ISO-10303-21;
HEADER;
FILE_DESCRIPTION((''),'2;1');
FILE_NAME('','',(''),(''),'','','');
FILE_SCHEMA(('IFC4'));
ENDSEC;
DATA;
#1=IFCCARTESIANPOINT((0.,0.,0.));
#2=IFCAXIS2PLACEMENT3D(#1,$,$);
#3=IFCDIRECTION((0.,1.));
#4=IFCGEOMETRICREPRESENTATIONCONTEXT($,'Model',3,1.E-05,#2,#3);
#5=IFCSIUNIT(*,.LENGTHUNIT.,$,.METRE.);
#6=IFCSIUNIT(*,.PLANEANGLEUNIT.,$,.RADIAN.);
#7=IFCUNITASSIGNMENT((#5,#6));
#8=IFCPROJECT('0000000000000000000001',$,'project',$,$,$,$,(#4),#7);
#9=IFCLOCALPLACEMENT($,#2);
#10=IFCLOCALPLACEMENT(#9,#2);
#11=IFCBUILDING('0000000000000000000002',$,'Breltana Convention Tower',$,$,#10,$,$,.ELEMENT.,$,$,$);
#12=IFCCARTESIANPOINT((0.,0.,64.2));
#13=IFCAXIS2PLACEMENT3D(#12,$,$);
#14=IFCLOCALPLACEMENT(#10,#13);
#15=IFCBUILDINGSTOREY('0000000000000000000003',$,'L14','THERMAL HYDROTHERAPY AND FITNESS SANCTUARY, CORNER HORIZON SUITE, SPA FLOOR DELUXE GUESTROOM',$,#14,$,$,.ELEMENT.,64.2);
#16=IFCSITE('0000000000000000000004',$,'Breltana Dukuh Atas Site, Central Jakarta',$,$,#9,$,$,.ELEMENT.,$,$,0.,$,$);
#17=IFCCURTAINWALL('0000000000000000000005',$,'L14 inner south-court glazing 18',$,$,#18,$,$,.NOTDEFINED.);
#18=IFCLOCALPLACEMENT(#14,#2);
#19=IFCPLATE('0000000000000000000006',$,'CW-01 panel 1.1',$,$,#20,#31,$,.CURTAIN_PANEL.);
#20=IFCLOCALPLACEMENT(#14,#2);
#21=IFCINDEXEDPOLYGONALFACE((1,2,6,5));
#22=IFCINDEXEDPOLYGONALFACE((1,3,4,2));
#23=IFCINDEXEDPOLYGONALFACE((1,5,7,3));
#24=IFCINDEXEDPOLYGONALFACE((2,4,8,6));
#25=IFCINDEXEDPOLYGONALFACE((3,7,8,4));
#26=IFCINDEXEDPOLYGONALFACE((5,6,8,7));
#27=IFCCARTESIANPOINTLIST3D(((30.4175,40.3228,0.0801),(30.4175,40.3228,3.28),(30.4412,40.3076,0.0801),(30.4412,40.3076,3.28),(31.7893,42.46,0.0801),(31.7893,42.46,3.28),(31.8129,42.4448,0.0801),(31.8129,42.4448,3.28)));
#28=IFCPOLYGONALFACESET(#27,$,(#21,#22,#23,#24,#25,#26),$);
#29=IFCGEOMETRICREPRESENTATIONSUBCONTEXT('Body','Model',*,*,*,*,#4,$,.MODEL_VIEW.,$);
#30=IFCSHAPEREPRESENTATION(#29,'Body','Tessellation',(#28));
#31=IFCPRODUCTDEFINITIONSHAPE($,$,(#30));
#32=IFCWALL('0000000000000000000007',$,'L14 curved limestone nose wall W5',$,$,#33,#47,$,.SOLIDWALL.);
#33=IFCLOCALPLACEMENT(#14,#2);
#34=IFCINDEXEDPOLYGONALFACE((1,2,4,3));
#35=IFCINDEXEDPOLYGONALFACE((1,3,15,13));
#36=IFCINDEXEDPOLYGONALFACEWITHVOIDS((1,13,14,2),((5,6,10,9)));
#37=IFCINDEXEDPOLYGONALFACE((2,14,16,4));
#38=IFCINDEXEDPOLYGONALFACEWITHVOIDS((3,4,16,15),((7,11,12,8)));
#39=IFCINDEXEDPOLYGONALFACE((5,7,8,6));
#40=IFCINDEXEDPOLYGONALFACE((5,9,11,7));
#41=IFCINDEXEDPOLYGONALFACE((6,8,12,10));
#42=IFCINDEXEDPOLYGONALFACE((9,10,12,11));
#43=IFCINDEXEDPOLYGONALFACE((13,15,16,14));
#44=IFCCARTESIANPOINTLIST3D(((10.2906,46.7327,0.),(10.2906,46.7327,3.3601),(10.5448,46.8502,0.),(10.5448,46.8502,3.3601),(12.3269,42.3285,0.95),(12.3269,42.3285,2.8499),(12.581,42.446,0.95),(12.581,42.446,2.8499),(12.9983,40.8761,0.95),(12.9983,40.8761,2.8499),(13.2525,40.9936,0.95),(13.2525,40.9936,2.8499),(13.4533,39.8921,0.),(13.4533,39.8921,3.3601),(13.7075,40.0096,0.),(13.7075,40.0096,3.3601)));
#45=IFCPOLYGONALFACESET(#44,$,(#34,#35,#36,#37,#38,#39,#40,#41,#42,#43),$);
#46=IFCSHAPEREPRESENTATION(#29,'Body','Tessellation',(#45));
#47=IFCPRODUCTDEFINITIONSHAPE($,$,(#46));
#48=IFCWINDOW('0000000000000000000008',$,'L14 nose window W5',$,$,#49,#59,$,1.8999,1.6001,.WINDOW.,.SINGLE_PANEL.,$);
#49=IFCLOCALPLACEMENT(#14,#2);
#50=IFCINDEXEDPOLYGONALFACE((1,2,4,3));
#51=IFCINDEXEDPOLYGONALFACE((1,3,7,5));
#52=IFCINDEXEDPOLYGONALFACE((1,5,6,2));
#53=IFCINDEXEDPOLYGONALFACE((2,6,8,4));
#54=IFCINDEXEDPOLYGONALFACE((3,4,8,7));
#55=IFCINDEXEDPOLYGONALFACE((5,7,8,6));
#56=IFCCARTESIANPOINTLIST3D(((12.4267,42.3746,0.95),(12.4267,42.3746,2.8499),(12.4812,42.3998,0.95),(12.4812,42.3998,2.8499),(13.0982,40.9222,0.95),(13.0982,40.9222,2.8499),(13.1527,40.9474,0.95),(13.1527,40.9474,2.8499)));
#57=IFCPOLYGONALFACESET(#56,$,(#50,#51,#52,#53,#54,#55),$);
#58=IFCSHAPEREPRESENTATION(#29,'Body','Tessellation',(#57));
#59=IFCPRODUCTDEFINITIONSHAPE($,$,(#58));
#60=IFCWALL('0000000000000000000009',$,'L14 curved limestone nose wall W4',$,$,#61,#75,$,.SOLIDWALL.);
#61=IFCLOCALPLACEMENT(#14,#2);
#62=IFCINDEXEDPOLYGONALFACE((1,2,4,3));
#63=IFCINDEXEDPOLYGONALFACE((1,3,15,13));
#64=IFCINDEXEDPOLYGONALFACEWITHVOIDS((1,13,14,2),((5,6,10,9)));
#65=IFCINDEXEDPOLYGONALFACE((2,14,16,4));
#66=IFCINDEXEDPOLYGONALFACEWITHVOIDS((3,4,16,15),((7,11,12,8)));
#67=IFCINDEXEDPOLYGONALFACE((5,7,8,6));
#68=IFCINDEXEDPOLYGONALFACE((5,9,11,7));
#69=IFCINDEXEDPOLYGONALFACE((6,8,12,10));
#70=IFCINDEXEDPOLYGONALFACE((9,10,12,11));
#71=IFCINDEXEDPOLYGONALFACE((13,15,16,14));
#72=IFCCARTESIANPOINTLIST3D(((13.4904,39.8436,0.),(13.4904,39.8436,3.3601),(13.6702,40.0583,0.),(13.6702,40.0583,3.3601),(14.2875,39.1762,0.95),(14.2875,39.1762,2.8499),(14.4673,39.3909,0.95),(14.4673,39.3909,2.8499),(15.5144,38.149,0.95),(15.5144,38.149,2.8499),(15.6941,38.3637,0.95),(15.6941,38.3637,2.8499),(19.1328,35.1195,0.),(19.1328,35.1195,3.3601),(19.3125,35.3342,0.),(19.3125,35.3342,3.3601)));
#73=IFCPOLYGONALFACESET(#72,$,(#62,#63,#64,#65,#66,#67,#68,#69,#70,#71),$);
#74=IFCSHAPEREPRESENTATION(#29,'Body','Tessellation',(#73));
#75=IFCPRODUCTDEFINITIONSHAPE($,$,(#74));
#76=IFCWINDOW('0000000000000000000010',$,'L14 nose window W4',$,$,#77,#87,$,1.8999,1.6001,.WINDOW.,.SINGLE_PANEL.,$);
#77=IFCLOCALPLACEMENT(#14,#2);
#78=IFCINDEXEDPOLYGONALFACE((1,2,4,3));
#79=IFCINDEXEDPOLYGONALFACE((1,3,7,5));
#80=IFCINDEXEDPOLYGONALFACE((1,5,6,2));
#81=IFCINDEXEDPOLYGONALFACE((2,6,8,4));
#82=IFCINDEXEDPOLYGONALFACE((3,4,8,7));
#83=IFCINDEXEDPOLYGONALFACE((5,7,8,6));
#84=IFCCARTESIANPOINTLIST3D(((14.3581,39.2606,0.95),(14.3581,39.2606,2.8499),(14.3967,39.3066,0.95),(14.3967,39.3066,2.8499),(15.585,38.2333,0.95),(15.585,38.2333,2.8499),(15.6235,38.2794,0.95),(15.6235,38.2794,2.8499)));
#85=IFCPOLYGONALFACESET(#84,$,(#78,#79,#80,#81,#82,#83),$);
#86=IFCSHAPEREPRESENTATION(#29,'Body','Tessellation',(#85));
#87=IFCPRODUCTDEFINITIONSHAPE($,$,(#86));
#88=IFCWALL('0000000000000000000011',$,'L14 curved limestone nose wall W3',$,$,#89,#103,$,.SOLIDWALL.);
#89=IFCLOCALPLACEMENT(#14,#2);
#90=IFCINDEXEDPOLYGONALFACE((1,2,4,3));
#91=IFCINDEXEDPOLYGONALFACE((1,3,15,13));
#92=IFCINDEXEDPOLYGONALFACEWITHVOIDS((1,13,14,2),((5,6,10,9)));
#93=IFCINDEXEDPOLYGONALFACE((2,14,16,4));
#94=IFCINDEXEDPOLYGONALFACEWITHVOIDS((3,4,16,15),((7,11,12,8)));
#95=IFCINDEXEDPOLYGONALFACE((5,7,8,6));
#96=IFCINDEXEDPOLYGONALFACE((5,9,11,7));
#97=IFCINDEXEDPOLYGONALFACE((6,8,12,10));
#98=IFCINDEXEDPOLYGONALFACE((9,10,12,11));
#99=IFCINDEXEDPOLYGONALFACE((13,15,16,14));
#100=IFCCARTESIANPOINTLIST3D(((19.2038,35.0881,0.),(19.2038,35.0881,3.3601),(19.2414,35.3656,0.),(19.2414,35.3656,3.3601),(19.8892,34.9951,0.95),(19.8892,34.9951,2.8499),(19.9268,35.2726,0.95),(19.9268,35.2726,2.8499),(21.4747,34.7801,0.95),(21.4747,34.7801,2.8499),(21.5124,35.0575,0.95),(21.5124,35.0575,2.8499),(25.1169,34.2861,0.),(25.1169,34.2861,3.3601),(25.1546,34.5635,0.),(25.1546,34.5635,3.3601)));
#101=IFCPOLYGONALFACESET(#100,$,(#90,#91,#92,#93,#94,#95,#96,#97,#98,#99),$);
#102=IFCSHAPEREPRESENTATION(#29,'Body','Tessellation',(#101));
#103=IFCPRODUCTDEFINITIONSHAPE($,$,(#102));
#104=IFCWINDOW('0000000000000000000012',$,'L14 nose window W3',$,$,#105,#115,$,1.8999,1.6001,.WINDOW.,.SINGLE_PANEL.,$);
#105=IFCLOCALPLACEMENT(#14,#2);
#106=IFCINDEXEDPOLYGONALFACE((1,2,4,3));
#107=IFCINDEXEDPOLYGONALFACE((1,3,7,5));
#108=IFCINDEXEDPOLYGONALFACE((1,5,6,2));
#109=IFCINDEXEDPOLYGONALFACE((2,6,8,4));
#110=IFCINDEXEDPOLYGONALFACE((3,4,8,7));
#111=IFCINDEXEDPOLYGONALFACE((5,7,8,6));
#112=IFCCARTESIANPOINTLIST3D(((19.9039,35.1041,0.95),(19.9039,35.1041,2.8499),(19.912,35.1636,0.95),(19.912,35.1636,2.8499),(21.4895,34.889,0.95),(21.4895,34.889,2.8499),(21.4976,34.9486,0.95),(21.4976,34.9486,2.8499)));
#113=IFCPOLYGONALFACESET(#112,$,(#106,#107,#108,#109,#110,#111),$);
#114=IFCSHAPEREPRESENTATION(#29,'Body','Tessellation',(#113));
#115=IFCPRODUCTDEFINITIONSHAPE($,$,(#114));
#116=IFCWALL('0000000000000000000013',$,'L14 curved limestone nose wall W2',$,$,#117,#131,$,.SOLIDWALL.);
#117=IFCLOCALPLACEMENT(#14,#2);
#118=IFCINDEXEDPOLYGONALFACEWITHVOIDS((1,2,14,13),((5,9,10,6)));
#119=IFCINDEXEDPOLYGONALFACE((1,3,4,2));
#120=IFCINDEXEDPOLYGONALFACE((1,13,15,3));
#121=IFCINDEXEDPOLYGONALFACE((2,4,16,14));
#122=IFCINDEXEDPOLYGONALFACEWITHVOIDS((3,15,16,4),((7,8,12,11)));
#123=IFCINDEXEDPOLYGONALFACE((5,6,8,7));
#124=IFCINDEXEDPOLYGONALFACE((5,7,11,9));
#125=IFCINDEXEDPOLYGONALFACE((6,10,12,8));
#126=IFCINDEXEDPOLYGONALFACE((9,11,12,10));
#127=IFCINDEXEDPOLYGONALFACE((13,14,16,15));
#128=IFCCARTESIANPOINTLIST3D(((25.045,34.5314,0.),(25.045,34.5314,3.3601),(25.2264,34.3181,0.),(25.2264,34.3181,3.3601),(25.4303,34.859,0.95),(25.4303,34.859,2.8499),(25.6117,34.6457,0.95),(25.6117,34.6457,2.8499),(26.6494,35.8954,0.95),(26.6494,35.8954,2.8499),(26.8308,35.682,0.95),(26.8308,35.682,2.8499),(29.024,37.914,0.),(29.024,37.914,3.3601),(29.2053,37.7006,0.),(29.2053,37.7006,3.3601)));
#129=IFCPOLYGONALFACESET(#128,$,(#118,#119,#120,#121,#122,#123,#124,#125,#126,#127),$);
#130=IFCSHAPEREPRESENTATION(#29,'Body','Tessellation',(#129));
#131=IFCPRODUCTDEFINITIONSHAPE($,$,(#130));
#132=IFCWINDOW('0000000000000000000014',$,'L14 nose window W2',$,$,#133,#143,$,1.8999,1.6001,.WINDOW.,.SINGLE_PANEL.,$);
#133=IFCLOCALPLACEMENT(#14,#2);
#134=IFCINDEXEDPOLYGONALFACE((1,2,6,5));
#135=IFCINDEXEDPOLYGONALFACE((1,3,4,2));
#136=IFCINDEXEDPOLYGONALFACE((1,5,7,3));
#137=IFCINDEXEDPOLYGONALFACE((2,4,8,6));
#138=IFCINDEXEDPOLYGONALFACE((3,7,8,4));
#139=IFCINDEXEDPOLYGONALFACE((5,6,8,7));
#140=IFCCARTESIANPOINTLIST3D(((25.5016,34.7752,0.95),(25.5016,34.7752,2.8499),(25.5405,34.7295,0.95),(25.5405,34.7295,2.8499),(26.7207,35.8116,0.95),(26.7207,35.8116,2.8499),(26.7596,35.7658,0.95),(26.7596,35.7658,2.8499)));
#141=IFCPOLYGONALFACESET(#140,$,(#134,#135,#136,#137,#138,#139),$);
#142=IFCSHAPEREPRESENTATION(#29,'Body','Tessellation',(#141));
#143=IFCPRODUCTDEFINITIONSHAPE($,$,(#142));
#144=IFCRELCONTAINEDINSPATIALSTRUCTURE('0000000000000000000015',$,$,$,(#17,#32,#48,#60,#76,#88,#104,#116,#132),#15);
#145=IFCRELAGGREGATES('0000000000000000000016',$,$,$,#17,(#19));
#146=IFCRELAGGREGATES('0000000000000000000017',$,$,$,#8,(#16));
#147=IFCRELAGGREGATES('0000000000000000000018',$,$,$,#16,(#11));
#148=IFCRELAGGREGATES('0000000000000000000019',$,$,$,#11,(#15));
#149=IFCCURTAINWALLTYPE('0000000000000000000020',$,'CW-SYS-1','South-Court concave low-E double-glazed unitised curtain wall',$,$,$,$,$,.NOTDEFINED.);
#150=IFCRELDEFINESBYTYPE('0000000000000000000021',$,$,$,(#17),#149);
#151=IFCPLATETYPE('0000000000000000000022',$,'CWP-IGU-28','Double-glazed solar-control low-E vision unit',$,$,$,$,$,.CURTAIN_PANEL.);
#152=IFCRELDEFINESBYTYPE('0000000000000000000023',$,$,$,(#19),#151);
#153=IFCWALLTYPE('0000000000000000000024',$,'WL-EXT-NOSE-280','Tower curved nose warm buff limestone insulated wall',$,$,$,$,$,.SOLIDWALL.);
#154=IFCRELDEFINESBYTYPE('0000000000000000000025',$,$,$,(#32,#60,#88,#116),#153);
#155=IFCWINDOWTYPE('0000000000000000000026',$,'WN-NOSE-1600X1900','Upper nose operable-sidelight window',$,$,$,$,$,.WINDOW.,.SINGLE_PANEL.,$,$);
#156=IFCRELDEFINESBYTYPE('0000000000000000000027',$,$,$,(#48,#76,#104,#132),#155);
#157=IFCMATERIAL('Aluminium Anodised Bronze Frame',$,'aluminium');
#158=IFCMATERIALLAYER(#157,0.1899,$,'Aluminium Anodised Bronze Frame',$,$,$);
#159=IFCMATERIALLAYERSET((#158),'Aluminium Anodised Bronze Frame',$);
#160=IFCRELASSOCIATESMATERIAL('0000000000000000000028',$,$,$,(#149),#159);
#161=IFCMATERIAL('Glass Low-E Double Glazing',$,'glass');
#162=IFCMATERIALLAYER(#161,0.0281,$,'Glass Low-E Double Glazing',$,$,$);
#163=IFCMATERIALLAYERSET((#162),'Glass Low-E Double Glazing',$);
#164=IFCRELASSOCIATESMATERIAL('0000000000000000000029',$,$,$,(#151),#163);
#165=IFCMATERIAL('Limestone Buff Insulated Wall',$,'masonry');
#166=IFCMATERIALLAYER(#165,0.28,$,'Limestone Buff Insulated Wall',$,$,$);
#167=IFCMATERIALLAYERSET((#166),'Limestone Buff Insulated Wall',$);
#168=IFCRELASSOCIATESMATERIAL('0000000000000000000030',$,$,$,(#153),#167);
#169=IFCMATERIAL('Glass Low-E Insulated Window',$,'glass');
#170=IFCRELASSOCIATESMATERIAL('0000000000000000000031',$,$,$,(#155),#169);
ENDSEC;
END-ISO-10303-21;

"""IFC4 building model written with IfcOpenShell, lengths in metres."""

from ifc_helpers import new_model, si_unit, direction, frame, frame_2d, origin, origin_2d, place, context, subcontext, project, spatial, rectangle, extrude, source, transform, mapped, material, layer, layer_set, type_object, type_shapes, element, fill, aggregate, save


model = new_model("IFC4")

# Units and contexts
model_context = context("Model", 3, precision=1e-05, world=origin(), true_north=direction((0.0, 1.0)))
body_context = subcontext(model_context, "Body", "Model", "MODEL_VIEW")
ifc_project = project(units=[si_unit("LENGTHUNIT", "METRE"), si_unit("PLANEANGLEUNIT", "RADIAN")], contexts=[model_context])

# Site, building, storey
site_placement = place(None, origin())
site = spatial("IfcSite", under=ifc_project, at=site_placement, Name="Breltana Dukuh Atas Site, Central Jakarta", CompositionType="ELEMENT", RefElevation=0.0)
building_placement = place(site_placement, origin())
building = spatial("IfcBuilding", under=site, at=building_placement, Name="Breltana Convention Tower", CompositionType="ELEMENT")
storey_placement = place(building_placement, frame((0.0, 0.0, 64.2)))
storey = spatial("IfcBuildingStorey", under=building, at=storey_placement, Name="L14", Description="THERMAL HYDROTHERAPY AND FITNESS SANCTUARY, CORNER HORIZON SUITE, SPA FLOOR DELUXE GUESTROOM", CompositionType="ELEMENT", Elevation=64.2)

# Curtain wall
ifc_material_1 = material(Name="Aluminium Anodised Bronze Frame", Category="aluminium")
ifc_layer_1 = layer(ifc_material_1, 0.1899, Name="Aluminium Anodised Bronze Frame")
ifc_layer_set_1 = layer_set([ifc_layer_1], Name="Aluminium Anodised Bronze Frame")
curtain_wall_type = type_object("IfcCurtainWallType", Name="CW-SYS-1", Description="South-Court concave low-E double-glazed unitised curtain wall", PredefinedType="NOTDEFINED", material=ifc_layer_set_1)
curtain_wall_1_placement = place(storey_placement, origin())
curtain_wall_1 = element("IfcCurtainWall", 1, at=curtain_wall_1_placement, inside=storey, type_object=curtain_wall_type, Name="L14 inner south-court glazing 18", PredefinedType="NOTDEFINED")

# Plate
ifc_material_2 = material(Name="Glass Low-E Double Glazing", Category="glass")
ifc_layer_2 = layer(ifc_material_2, 0.0281, Name="Glass Low-E Double Glazing")
ifc_layer_set_2 = layer_set([ifc_layer_2], Name="Glass Low-E Double Glazing")
plate_type = type_object("IfcPlateType", Name="CWP-IGU-28", Description="Double-glazed solar-control low-E vision unit", PredefinedType="CURTAIN_PANEL", material=ifc_layer_set_2)
shared_shape_1 = source(origin(), body_context, "Body", "SweptSolid", [
    extrude(rectangle(XDim=2.5396, YDim=0.0281, at=origin_2d()), origin(), (0.0, 0.0, 1.0), 3.2),
])
plate_1_placement = place(storey_placement, frame((31.1152, 41.3838, 0.0801), z_axis=(0.0, 0.0, 1.0), x_axis=(-0.54017, -0.841556, 0.0)))
plate_1 = element("IfcPlate", 2, at=plate_1_placement, type_object=plate_type, Name="CW-01 panel 1.1", PredefinedType="CURTAIN_PANEL", context=body_context, shape_type="MappedRepresentation", body=[
    mapped(shared_shape_1, transform((0.0, 0.0, 0.0), scale=1.0)),
])
aggregate(curtain_wall_1, [plate_1])

# Walls, openings, windows
ifc_material_3 = material(Name="Limestone Buff Insulated Wall", Category="masonry")
ifc_layer_3 = layer(ifc_material_3, 0.28, Name="Limestone Buff Insulated Wall")
ifc_layer_set_3 = layer_set([ifc_layer_3], Name="Limestone Buff Insulated Wall")
wall_type = type_object("IfcWallType", Name="WL-EXT-NOSE-280", Description="Tower curved nose warm buff limestone insulated wall", PredefinedType="SOLIDWALL", material=ifc_layer_set_3)
shared_shape_2 = source(origin(), body_context, "Body", "SweptSolid", [
    extrude(rectangle(XDim=7.5364, YDim=0.28, at=frame_2d((3.7681, 0.0))), origin(), (0.0, 0.0, 1.0), 3.3601),
])
wall_1_placement = place(storey_placement, frame((13.5803, 39.9509, 0.0), z_axis=(0.0, 0.0, 1.0), x_axis=(-0.41965, 0.907686, 0.0)))
wall_1 = element("IfcWall", 3, at=wall_1_placement, inside=storey, type_object=wall_type, Name="L14 curved limestone nose wall W5", PredefinedType="SOLIDWALL", context=body_context, shape_type="MappedRepresentation", body=[
    mapped(shared_shape_2, transform((0.0, 0.0, 0.0), scale=1.0)),
])
opening_1_placement = place(wall_1_placement, frame((1.084, 0.0, 0.95)))
opening_1 = element("IfcOpeningElement", 4, at=opening_1_placement, cuts=wall_1, PredefinedType="OPENING", context=body_context, shape_type="SweptSolid", body=[
    extrude(rectangle(XDim=1.6001, YDim=1.8999, at=frame_2d((0.8, 0.95))), frame((0.0, 0.1499, 0.0), z_axis=(0.0, -1.0, 0.0), x_axis=(1.0, 0.0, 0.0)), (0.0, 0.0, 1.0), 0.3),
])
ifc_material_4 = material(Name="Glass Low-E Insulated Window", Category="glass")
window_type = type_object("IfcWindowType", Name="WN-NOSE-1600X1900", Description="Upper nose operable-sidelight window", PartitioningType="SINGLE_PANEL", PredefinedType="WINDOW", material=ifc_material_4)
shared_shape_3 = source(origin(), body_context, "Body", "SweptSolid", [
    extrude(rectangle(XDim=1.6001, YDim=1.8999, at=frame_2d((0.8, 0.95))), frame((0.0, 0.03, 0.0), z_axis=(0.0, -1.0, 0.0), x_axis=(1.0, 0.0, 0.0)), (0.0, 0.0, 1.0), 0.0601),
])
type_shapes(window_type, [shared_shape_3])
window_1_placement = place(opening_1_placement, origin())
window_1 = element("IfcWindow", 5, at=window_1_placement, inside=storey, type_object=window_type, Name="L14 nose window W5", OverallHeight=1.8999, OverallWidth=1.6001, PartitioningType="SINGLE_PANEL", PredefinedType="WINDOW", context=body_context, shape_type="MappedRepresentation", body=[
    mapped(shared_shape_3, transform((0.0, 0.0, 0.0), scale=1.0)),
])
fill(opening_1, window_1)
shared_shape_4 = source(origin(), body_context, "Body", "SweptSolid", [
    extrude(rectangle(XDim=7.3589, YDim=0.28, at=frame_2d((3.6794, 0.0))), origin(), (0.0, 0.0, 1.0), 3.3601),
])
wall_2_placement = place(storey_placement, frame((19.2227, 35.2268, 0.0), z_axis=(0.0, 0.0, 1.0), x_axis=(-0.766737, 0.641961, 0.0)))
wall_2 = element("IfcWall", 6, at=wall_2_placement, inside=storey, type_object=wall_type, Name="L14 curved limestone nose wall W4", PredefinedType="SOLIDWALL", context=body_context, shape_type="MappedRepresentation", body=[
    mapped(shared_shape_4, transform((0.0, 0.0, 0.0), scale=1.0)),
])
opening_2_placement = place(wall_2_placement, frame((4.7192, 0.0, 0.95)))
opening_2 = element("IfcOpeningElement", 7, at=opening_2_placement, cuts=wall_2, PredefinedType="OPENING", context=body_context, shape_type="SweptSolid", body=[
    extrude(rectangle(XDim=1.6001, YDim=1.8999, at=frame_2d((0.8, 0.95))), frame((0.0, 0.1499, 0.0), z_axis=(0.0, -1.0, 0.0), x_axis=(1.0, 0.0, 0.0)), (0.0, 0.0, 1.0), 0.3),
])
window_2_placement = place(opening_2_placement, origin())
window_2 = element("IfcWindow", 8, at=window_2_placement, inside=storey, type_object=window_type, Name="L14 nose window W4", OverallHeight=1.8999, OverallWidth=1.6001, PartitioningType="SINGLE_PANEL", PredefinedType="WINDOW", context=body_context, shape_type="MappedRepresentation", body=[
    mapped(shared_shape_3, transform((0.0, 0.0, 0.0), scale=1.0)),
])
fill(opening_2, window_2)
shared_shape_5 = source(origin(), body_context, "Body", "SweptSolid", [
    extrude(rectangle(XDim=5.9673, YDim=0.28, at=frame_2d((2.9836, 0.0))), origin(), (0.0, 0.0, 1.0), 3.3601),
])
wall_3_placement = place(storey_placement, frame((25.1357, 34.4248, 0.0), z_axis=(0.0, 0.0, 1.0), x_axis=(-0.990927, 0.134401, 0.0)))
wall_3 = element("IfcWall", 9, at=wall_3_placement, inside=storey, type_object=wall_type, Name="L14 curved limestone nose wall W3", PredefinedType="SOLIDWALL", context=body_context, shape_type="MappedRepresentation", body=[
    mapped(shared_shape_5, transform((0.0, 0.0, 0.0), scale=1.0)),
])
opening_3_placement = place(wall_3_placement, frame((3.6755, 0.0, 0.95)))
opening_3 = element("IfcOpeningElement", 10, at=opening_3_placement, cuts=wall_3, PredefinedType="OPENING", context=body_context, shape_type="SweptSolid", body=[
    extrude(rectangle(XDim=1.6001, YDim=1.8999, at=frame_2d((0.8, 0.95))), frame((0.0, 0.1499, 0.0), z_axis=(0.0, -1.0, 0.0), x_axis=(1.0, 0.0, 0.0)), (0.0, 0.0, 1.0), 0.3),
])
window_3_placement = place(opening_3_placement, origin())
window_3 = element("IfcWindow", 11, at=window_3_placement, inside=storey, type_object=window_type, Name="L14 nose window W3", OverallHeight=1.8999, OverallWidth=1.6001, PartitioningType="SINGLE_PANEL", PredefinedType="WINDOW", context=body_context, shape_type="MappedRepresentation", body=[
    mapped(shared_shape_3, transform((0.0, 0.0, 0.0), scale=1.0)),
])
fill(opening_3, window_3)
shared_shape_6 = source(origin(), body_context, "Body", "SweptSolid", [
    extrude(rectangle(XDim=5.2224, YDim=0.28, at=frame_2d((2.6113, 0.0))), origin(), (0.0, 0.0, 1.0), 3.3601),
])
wall_4_placement = place(storey_placement, frame((29.1147, 37.8074, 0.0), z_axis=(0.0, 0.0, 1.0), x_axis=(-0.7619, -0.647695, 0.0)))
wall_4 = element("IfcWall", 12, at=wall_4_placement, inside=storey, type_object=wall_type, Name="L14 curved limestone nose wall W2", PredefinedType="SOLIDWALL", context=body_context, shape_type="MappedRepresentation", body=[
    mapped(shared_shape_6, transform((0.0, 0.0, 0.0), scale=1.0)),
])
opening_4_placement = place(wall_4_placement, frame((3.1167, 0.0, 0.95)))
opening_4 = element("IfcOpeningElement", 13, at=opening_4_placement, cuts=wall_4, PredefinedType="OPENING", context=body_context, shape_type="SweptSolid", body=[
    extrude(rectangle(XDim=1.6001, YDim=1.8999, at=frame_2d((0.8, 0.95))), frame((0.0, 0.1499, 0.0), z_axis=(0.0, -1.0, 0.0), x_axis=(1.0, 0.0, 0.0)), (0.0, 0.0, 1.0), 0.3),
])
window_4_placement = place(opening_4_placement, origin())
window_4 = element("IfcWindow", 14, at=window_4_placement, inside=storey, type_object=window_type, Name="L14 nose window W2", OverallHeight=1.8999, OverallWidth=1.6001, PartitioningType="SINGLE_PANEL", PredefinedType="WINDOW", context=body_context, shape_type="MappedRepresentation", body=[
    mapped(shared_shape_3, transform((0.0, 0.0, 0.0), scale=1.0)),
])
fill(opening_4, window_4)

save(model, "model.ifc")
